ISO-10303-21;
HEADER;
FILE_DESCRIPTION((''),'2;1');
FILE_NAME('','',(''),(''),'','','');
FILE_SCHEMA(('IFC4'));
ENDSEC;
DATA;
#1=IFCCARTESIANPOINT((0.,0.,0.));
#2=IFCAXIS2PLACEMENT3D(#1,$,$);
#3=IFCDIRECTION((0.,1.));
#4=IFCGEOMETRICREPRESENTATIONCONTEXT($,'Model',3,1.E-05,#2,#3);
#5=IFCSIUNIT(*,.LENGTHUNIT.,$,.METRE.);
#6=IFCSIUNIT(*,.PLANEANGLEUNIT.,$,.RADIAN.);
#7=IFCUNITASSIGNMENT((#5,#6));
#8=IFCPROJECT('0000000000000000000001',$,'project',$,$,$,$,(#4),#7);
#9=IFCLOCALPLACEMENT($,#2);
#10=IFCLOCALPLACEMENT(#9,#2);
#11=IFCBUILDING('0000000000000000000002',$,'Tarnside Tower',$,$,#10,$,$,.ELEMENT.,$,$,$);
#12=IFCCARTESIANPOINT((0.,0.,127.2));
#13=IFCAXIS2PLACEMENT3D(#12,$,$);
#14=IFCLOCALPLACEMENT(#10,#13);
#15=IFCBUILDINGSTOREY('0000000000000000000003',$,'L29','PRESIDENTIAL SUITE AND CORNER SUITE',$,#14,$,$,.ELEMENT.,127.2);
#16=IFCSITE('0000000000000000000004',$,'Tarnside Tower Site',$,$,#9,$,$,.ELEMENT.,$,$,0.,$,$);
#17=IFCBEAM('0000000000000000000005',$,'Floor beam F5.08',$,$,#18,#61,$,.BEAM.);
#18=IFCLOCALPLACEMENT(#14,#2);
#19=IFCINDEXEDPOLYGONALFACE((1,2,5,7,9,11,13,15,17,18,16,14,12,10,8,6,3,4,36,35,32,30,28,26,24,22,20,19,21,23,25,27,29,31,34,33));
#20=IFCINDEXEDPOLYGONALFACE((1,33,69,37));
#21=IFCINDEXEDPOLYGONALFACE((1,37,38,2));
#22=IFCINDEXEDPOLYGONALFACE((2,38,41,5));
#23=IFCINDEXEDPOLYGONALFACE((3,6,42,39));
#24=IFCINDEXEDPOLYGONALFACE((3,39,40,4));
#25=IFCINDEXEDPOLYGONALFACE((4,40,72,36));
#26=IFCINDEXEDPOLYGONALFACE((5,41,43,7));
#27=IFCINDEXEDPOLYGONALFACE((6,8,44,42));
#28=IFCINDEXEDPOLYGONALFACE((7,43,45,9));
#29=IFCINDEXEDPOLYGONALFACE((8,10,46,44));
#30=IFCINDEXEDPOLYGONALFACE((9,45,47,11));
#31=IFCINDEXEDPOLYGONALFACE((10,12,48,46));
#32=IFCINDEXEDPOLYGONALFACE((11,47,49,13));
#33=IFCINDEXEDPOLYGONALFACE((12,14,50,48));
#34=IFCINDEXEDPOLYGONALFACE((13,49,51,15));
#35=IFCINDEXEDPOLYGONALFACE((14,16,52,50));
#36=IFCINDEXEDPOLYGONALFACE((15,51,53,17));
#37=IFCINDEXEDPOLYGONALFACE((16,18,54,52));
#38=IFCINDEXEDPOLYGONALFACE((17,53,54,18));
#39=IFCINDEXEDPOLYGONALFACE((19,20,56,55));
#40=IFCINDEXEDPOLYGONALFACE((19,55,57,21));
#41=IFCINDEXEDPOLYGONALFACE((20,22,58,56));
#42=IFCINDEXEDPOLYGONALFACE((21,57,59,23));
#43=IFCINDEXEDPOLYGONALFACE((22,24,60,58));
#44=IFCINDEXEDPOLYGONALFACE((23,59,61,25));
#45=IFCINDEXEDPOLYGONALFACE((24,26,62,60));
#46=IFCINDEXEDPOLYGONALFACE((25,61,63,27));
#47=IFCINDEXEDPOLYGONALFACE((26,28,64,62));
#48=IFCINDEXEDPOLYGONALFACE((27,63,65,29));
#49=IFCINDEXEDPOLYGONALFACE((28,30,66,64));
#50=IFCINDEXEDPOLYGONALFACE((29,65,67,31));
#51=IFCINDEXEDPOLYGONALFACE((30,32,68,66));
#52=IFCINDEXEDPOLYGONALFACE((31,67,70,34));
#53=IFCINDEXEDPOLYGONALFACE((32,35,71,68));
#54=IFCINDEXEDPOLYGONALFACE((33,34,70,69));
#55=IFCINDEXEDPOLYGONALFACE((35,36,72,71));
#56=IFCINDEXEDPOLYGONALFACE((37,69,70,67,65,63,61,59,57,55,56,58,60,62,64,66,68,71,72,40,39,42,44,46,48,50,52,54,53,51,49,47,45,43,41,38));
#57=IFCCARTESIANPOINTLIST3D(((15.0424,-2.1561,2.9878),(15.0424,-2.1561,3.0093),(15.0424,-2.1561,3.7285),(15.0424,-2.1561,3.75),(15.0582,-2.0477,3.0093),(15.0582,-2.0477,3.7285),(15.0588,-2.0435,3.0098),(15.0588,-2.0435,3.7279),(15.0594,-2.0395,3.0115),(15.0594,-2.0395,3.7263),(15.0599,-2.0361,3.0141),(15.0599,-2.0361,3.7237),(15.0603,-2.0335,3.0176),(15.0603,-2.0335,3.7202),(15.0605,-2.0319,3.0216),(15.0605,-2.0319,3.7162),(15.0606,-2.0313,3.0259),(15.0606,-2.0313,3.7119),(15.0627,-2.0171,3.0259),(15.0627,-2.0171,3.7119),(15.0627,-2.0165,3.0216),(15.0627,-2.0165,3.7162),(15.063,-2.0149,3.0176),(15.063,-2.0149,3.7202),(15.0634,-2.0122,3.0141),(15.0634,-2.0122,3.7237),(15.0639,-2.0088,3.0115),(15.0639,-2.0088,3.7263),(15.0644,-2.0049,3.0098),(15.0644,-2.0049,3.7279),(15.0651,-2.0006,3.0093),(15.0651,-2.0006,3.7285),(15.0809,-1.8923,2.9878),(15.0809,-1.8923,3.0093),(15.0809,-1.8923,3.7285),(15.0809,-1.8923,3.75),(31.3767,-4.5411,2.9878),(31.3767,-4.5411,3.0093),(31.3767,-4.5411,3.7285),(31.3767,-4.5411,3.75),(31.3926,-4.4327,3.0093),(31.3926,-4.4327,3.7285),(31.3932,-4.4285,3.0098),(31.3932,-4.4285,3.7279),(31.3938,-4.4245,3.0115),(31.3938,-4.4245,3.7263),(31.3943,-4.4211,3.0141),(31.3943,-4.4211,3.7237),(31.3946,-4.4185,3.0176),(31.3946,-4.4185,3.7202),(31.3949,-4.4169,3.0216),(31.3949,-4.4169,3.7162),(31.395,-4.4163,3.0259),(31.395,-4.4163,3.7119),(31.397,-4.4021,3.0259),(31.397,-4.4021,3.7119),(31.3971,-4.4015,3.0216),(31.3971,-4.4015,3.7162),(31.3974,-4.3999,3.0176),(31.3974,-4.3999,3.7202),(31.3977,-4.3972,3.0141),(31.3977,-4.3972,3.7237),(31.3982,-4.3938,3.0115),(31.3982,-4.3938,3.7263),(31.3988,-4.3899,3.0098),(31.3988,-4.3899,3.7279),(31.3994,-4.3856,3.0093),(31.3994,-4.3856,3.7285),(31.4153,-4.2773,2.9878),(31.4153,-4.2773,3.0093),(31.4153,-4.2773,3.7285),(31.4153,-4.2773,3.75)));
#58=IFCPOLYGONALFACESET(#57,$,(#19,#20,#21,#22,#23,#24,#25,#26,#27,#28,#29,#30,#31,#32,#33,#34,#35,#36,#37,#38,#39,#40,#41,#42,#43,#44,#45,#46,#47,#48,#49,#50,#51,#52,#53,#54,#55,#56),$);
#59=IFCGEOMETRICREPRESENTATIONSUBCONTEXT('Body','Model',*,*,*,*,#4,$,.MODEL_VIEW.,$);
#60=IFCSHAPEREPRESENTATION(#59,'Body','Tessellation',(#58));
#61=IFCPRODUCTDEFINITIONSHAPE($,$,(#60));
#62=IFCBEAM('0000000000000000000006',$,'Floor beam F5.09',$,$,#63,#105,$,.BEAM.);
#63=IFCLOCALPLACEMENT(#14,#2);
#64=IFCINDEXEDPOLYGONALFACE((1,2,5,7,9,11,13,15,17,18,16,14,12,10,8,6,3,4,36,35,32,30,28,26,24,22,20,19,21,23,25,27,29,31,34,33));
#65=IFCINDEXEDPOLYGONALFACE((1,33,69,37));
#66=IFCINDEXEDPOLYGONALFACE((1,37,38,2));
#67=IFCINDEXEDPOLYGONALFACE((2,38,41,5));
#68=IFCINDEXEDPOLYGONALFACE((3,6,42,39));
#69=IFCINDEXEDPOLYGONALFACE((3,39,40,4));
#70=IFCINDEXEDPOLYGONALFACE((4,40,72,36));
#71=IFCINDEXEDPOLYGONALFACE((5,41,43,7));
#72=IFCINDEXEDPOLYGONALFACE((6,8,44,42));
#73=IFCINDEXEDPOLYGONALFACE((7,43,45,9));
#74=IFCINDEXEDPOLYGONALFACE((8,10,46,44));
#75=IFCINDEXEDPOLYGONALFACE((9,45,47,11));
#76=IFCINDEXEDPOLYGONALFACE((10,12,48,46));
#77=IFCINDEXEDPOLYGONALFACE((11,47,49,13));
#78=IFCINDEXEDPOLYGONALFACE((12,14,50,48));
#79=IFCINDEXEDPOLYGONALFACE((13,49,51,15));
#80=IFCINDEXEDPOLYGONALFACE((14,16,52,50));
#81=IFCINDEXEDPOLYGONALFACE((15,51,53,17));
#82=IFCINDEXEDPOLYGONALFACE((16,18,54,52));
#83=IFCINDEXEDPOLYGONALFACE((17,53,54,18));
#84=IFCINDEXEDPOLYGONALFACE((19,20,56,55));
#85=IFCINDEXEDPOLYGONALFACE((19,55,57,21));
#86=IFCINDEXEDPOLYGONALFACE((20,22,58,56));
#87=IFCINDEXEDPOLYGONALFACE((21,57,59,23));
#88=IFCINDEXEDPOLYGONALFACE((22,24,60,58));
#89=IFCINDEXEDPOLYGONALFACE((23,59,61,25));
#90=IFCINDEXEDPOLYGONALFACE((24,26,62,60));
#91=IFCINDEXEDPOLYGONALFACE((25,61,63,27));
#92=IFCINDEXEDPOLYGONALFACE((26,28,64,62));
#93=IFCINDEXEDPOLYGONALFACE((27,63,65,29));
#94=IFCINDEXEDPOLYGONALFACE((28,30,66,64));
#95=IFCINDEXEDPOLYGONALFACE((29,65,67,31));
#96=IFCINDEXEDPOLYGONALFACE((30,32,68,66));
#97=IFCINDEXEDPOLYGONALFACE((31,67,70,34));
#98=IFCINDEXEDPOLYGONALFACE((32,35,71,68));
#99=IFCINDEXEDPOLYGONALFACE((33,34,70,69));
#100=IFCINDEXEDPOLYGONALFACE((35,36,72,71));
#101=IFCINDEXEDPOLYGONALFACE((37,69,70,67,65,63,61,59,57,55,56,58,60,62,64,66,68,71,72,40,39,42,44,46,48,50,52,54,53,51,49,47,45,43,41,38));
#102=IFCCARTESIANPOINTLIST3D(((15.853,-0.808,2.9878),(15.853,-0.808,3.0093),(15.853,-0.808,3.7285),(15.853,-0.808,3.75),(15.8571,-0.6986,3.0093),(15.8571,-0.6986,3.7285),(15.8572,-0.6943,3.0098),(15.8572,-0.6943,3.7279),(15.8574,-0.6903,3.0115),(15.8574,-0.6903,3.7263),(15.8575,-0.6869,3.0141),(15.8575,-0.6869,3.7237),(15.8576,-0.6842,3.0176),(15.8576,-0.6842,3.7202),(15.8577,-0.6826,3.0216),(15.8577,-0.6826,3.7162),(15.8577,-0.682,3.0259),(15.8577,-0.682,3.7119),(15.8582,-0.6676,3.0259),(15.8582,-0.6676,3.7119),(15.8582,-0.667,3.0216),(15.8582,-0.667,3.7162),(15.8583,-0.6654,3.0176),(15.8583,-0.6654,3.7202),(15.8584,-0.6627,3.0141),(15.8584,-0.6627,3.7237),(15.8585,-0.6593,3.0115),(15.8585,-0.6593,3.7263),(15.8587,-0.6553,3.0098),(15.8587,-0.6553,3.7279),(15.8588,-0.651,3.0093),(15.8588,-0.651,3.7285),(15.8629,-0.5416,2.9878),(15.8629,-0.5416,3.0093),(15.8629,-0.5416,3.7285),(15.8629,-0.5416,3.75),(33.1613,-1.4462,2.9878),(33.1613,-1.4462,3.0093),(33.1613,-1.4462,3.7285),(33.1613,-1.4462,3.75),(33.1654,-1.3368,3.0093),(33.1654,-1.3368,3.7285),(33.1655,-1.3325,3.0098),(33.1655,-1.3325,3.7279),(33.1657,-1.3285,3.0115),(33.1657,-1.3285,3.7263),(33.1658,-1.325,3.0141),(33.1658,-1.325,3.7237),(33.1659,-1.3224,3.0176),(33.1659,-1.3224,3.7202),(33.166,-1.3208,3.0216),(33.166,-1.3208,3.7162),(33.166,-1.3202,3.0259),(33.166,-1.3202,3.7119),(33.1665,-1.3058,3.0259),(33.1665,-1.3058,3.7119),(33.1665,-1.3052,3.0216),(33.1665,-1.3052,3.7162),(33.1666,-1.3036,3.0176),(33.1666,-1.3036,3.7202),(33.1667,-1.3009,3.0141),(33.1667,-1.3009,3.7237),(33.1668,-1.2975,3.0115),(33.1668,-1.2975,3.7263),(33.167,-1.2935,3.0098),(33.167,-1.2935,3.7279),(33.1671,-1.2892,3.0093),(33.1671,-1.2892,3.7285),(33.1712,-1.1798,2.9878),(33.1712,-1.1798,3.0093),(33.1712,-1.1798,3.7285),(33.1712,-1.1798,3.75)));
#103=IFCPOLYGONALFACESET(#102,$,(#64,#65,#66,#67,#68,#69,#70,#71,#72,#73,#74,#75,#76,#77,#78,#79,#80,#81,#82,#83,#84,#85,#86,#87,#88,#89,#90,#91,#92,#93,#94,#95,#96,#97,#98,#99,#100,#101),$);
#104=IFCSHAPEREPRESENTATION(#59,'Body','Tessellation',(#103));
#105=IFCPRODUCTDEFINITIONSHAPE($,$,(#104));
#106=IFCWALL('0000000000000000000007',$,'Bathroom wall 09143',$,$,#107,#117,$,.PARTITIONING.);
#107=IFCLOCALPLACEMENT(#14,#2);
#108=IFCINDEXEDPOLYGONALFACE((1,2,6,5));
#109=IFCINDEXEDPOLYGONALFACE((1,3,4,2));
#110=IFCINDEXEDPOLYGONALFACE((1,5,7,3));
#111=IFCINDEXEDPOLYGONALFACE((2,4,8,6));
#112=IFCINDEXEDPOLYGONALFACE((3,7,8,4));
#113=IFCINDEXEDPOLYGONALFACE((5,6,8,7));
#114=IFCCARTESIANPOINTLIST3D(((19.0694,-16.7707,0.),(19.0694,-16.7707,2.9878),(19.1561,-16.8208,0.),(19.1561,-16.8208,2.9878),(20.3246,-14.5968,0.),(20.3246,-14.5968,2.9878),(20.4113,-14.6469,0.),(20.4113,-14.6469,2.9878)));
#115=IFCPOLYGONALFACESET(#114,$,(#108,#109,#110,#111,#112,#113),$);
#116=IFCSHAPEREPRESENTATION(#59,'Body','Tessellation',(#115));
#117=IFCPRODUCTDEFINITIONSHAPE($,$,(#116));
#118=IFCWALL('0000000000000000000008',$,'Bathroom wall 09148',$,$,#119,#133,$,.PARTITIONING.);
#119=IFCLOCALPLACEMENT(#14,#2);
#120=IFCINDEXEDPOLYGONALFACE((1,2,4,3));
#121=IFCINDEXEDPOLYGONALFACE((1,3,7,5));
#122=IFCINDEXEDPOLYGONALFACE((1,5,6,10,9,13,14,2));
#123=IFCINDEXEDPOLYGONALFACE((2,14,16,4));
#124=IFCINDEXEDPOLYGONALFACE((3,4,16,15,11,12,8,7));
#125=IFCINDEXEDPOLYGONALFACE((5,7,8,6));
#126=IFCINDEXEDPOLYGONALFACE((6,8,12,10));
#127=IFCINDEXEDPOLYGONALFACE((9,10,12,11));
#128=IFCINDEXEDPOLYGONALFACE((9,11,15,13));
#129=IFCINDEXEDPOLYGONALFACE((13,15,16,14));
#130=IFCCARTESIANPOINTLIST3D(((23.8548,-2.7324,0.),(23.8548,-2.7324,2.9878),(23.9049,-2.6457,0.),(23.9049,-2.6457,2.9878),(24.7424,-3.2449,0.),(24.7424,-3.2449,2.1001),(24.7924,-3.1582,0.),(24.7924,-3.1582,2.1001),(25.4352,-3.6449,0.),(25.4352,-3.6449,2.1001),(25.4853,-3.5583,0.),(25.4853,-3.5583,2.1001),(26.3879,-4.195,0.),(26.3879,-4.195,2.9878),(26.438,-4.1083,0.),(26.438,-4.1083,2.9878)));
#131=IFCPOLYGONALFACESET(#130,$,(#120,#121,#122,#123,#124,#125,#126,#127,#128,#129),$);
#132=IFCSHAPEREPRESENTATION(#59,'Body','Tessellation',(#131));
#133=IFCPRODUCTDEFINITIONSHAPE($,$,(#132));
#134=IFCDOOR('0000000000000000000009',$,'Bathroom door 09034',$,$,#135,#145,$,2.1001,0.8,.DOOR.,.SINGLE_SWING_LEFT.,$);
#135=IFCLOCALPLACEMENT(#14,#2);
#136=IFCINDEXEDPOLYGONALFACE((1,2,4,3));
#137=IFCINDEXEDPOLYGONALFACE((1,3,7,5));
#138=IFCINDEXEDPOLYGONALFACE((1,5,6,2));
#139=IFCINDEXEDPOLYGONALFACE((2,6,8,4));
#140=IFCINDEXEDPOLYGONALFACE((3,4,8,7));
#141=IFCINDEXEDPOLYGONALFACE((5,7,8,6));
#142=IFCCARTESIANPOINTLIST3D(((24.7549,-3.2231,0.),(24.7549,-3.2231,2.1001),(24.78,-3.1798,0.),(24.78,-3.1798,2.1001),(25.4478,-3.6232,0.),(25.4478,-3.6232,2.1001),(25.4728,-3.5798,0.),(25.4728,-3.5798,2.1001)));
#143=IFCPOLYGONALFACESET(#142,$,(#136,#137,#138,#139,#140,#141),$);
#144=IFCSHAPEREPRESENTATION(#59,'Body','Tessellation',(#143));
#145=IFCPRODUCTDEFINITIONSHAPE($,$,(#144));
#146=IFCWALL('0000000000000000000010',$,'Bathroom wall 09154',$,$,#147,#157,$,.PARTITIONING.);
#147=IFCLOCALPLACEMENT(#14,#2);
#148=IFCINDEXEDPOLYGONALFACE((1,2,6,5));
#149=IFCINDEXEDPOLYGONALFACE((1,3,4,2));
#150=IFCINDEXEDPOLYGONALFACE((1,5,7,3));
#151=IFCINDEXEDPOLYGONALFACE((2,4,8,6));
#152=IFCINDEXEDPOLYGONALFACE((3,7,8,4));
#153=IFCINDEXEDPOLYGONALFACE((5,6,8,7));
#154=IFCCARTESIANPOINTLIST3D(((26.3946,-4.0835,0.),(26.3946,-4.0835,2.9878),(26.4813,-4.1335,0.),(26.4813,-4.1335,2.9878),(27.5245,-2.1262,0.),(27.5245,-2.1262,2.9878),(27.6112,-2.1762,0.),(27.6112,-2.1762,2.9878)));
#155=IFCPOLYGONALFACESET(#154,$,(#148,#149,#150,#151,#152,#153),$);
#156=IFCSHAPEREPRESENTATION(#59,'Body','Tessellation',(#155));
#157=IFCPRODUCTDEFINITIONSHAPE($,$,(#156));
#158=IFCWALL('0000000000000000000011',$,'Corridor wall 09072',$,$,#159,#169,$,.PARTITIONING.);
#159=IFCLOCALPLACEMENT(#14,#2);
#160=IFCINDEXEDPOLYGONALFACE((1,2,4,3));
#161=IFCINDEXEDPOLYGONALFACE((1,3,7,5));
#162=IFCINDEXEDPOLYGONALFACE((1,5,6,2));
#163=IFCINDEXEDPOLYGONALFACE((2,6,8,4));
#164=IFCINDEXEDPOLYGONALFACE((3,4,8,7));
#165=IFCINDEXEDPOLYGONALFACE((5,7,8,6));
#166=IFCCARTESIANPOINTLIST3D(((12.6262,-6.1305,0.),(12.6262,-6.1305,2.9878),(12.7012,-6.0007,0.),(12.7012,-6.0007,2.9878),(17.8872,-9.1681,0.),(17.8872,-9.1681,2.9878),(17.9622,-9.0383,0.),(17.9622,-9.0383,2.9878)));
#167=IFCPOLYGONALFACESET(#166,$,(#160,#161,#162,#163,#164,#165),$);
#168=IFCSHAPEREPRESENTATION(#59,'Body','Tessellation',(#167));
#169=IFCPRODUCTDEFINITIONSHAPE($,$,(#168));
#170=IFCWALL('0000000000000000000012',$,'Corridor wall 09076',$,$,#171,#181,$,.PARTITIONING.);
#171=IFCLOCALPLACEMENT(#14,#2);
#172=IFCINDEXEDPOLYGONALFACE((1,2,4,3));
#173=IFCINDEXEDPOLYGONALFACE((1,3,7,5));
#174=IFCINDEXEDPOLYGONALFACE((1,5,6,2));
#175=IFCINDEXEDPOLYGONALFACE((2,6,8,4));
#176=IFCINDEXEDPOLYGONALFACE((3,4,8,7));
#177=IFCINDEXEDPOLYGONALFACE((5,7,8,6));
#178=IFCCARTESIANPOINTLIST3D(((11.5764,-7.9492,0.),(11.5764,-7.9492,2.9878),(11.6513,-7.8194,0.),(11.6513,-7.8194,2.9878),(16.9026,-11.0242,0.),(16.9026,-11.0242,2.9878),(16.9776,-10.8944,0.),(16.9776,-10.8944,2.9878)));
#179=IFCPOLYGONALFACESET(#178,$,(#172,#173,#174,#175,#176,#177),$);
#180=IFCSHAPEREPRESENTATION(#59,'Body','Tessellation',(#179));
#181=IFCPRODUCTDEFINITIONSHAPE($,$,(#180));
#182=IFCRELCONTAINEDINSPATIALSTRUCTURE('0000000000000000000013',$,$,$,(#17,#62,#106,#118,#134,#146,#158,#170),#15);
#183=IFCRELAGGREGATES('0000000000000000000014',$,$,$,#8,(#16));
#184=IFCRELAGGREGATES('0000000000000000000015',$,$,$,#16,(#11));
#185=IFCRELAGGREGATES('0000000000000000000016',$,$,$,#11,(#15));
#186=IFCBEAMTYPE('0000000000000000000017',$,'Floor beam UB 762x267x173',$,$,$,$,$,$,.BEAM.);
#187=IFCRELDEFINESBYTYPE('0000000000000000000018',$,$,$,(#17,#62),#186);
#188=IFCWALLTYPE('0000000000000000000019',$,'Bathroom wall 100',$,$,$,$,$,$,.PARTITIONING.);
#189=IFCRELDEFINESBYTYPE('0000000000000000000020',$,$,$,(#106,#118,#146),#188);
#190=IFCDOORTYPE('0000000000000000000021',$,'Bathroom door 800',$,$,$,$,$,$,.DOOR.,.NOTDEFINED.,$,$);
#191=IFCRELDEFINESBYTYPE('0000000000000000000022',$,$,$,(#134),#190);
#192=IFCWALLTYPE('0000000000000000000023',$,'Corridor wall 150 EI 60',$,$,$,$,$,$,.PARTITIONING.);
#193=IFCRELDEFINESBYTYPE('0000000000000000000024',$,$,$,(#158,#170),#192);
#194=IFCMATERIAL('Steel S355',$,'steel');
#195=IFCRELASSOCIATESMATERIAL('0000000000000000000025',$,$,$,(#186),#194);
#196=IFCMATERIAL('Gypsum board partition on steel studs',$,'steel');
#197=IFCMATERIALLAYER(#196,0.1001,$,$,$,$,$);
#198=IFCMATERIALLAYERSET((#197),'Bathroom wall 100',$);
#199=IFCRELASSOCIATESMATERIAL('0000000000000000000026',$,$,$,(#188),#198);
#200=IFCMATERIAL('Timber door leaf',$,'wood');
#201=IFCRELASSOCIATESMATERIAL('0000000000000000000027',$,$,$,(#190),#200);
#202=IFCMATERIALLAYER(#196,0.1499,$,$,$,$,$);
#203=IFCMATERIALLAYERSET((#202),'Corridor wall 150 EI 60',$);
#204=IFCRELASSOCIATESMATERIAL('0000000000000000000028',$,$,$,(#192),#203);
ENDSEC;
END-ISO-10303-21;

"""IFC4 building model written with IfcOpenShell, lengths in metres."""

from ifc_helpers import new_model, si_unit, direction, frame, frame_2d, origin, origin_2d, place, context, subcontext, project, spatial, rectangle, i_section, extrude, material, layer, layer_set, material_profile, profile_set, type_object, element, fill, save


model = new_model("IFC4")

# Units and contexts
model_context = context("Model", 3, precision=1e-05, world=origin(), true_north=direction((0.0, 1.0)))
body_context = subcontext(model_context, "Body", "Model", "MODEL_VIEW")
ifc_project = project(units=[si_unit("LENGTHUNIT", "METRE"), si_unit("PLANEANGLEUNIT", "RADIAN")], contexts=[model_context])

# Site, building, storey
site_placement = place(None, origin())
site = spatial("IfcSite", under=ifc_project, at=site_placement, Name="Tarnside Tower Site", CompositionType="ELEMENT", RefElevation=0.0)
building_placement = place(site_placement, origin())
building = spatial("IfcBuilding", under=site, at=building_placement, Name="Tarnside Tower", CompositionType="ELEMENT")
storey_placement = place(building_placement, frame((0.0, 0.0, 127.2)))
storey = spatial("IfcBuildingStorey", under=building, at=storey_placement, Name="L29", Description="PRESIDENTIAL SUITE AND CORNER SUITE", CompositionType="ELEMENT", Elevation=127.2)

# Beams
ifc_material_1 = material(Name="Steel S355", Category="steel")
ifc_material_profile_1 = material_profile(ifc_material_1, i_section(OverallWidth=0.2666, OverallDepth=0.7622, WebThickness=0.0144, FlangeThickness=0.0215, FilletRadius=0.0166, at=origin_2d()), Name="UB 762x267x173")
ifc_profile_set_1 = profile_set([ifc_material_profile_1], Name="Steel S355")
beam_type_1 = type_object("IfcBeamType", Name="Floor beam UB 762x267x173", PredefinedType="BEAM", material=ifc_profile_set_1)
beam_1_placement = place(storey_placement, frame((31.396, -4.4092, 3.3689), z_axis=(-0.989508, 0.144479, 0.0), x_axis=(-0.144479, -0.989508, 0.0)))
element("IfcBeam", 1, at=beam_1_placement, inside=storey, type_object=beam_type_1, Name="Floor beam F5.08", PredefinedType="BEAM", context=body_context, shape_type="SweptSolid", body=[
    extrude(i_section(OverallWidth=0.2666, OverallDepth=0.7622, WebThickness=0.0144, FlangeThickness=0.0215, FilletRadius=0.0166, at=origin_2d()), origin(), (0.0, 0.0, 1.0), 16.5076),
])
beam_2_placement = place(storey_placement, frame((33.1663, -1.313, 3.3689), z_axis=(-0.999321, 0.036846, 0.0), x_axis=(-0.036846, -0.999321, 0.0)))
element("IfcBeam", 2, at=beam_2_placement, inside=storey, type_object=beam_type_1, Name="Floor beam F5.09", PredefinedType="BEAM", context=body_context, shape_type="SweptSolid", body=[
    extrude(i_section(OverallWidth=0.2666, OverallDepth=0.7622, WebThickness=0.0144, FlangeThickness=0.0215, FilletRadius=0.0166, at=origin_2d()), origin(), (0.0, 0.0, 1.0), 17.3201),
])

# Wall
ifc_material_2 = material(Name="Gypsum board partition on steel studs", Category="steel")
ifc_layer_1 = layer(ifc_material_2, 0.1001)
ifc_layer_set_1 = layer_set([ifc_layer_1], Name="Bathroom wall 100")
wall_type_1 = type_object("IfcWallType", Name="Bathroom wall 100", PredefinedType="PARTITIONING", material=ifc_layer_set_1)
wall_1_placement = place(storey_placement, frame((20.3679, -14.6218, 0.0), z_axis=(0.0, 0.0, 1.0), x_axis=(-0.50002, -0.866014, 0.0)))
element("IfcWall", 3, at=wall_1_placement, inside=storey, type_object=wall_type_1, Name="Bathroom wall 09143", PredefinedType="PARTITIONING", context=body_context, shape_type="SweptSolid", body=[
    extrude(rectangle(XDim=2.5103, YDim=0.1001, at=frame_2d((1.2551, 0.0))), origin(), (0.0, 0.0, 1.0), 2.9878),
])

# Wall, opening, door
wall_2_placement = place(storey_placement, frame((26.4128, -4.1516, 0.0), z_axis=(0.0, 0.0, 1.0), x_axis=(-0.86601, 0.500026, 0.0)))
wall_2 = element("IfcWall", 4, at=wall_2_placement, inside=storey, type_object=wall_type_1, Name="Bathroom wall 09148", PredefinedType="PARTITIONING", context=body_context, shape_type="SweptSolid", body=[
    extrude(rectangle(XDim=2.925, YDim=0.1001, at=frame_2d((1.4624, 0.0))), origin(), (0.0, 0.0, 1.0), 2.9878),
])
opening_1_placement = place(wall_2_placement, frame((1.1001, 0.0, 0.0)))
opening_1 = element("IfcOpeningElement", 5, at=opening_1_placement, cuts=wall_2, PredefinedType="OPENING", context=body_context, shape_type="SweptSolid", body=[
    extrude(rectangle(XDim=0.8, YDim=2.1001, at=frame_2d((0.3999, 1.05))), frame((0.0, 0.0601, 0.0), z_axis=(0.0, -1.0, 0.0), x_axis=(1.0, 0.0, 0.0)), (0.0, 0.0, 1.0), 0.1201),
])
ifc_material_3 = material(Name="Timber door leaf", Category="wood")
door_type_1 = type_object("IfcDoorType", Name="Bathroom door 800", OperationType="NOTDEFINED", PredefinedType="DOOR", material=ifc_material_3)
door_1_placement = place(opening_1_placement, origin())
door_1 = element("IfcDoor", 6, at=door_1_placement, inside=storey, type_object=door_type_1, Name="Bathroom door 09034", OperationType="SINGLE_SWING_LEFT", OverallHeight=2.1001, OverallWidth=0.8, PredefinedType="DOOR", context=body_context, shape_type="SweptSolid", body=[
    extrude(rectangle(XDim=0.8, YDim=2.1001, at=frame_2d((0.3999, 1.05))), frame((0.0, 0.0249, 0.0), z_axis=(0.0, -1.0, 0.0), x_axis=(1.0, 0.0, 0.0)), (0.0, 0.0, 1.0), 0.05),
])
fill(opening_1, door_1)

# Walls
wall_3_placement = place(storey_placement, frame((26.438, -4.1084, 0.0), z_axis=(0.0, 0.0, 1.0), x_axis=(0.49995, 0.866054, 0.0)))
element("IfcWall", 7, at=wall_3_placement, inside=storey, type_object=wall_type_1, Name="Bathroom wall 09154", PredefinedType="PARTITIONING", context=body_context, shape_type="SweptSolid", body=[
    extrude(rectangle(XDim=2.26, YDim=0.1001, at=frame_2d((1.1299, 0.0))), origin(), (0.0, 0.0, 1.0), 2.9878),
])
ifc_layer_2 = layer(ifc_material_2, 0.1499)
ifc_layer_set_2 = layer_set([ifc_layer_2], Name="Corridor wall 150 EI 60")
wall_type_2 = type_object("IfcWallType", Name="Corridor wall 150 EI 60", PredefinedType="PARTITIONING", material=ifc_layer_set_2)
wall_4_placement = place(storey_placement, frame((17.9248, -9.1033, 0.0), z_axis=(0.0, 0.0, 1.0), x_axis=(-0.866014, 0.50002, 0.0)))
element("IfcWall", 8, at=wall_4_placement, inside=storey, type_object=wall_type_2, Name="Corridor wall 09072", PredefinedType="PARTITIONING", context=body_context, shape_type="SweptSolid", body=[
    extrude(rectangle(XDim=6.075, YDim=0.1499, at=frame_2d((3.0376, 0.0))), origin(), (0.0, 0.0, 1.0), 2.9878),
])
wall_5_placement = place(storey_placement, frame((11.6138, -7.8843, 0.0), z_axis=(0.0, 0.0, 1.0), x_axis=(0.866034, -0.499986, 0.0)))
element("IfcWall", 9, at=wall_5_placement, inside=storey, type_object=wall_type_2, Name="Corridor wall 09076", PredefinedType="PARTITIONING", context=body_context, shape_type="SweptSolid", body=[
    extrude(rectangle(XDim=6.1501, YDim=0.1499, at=frame_2d((3.0752, 0.0))), origin(), (0.0, 0.0, 1.0), 2.9878),
])

save(model, "model.ifc")
